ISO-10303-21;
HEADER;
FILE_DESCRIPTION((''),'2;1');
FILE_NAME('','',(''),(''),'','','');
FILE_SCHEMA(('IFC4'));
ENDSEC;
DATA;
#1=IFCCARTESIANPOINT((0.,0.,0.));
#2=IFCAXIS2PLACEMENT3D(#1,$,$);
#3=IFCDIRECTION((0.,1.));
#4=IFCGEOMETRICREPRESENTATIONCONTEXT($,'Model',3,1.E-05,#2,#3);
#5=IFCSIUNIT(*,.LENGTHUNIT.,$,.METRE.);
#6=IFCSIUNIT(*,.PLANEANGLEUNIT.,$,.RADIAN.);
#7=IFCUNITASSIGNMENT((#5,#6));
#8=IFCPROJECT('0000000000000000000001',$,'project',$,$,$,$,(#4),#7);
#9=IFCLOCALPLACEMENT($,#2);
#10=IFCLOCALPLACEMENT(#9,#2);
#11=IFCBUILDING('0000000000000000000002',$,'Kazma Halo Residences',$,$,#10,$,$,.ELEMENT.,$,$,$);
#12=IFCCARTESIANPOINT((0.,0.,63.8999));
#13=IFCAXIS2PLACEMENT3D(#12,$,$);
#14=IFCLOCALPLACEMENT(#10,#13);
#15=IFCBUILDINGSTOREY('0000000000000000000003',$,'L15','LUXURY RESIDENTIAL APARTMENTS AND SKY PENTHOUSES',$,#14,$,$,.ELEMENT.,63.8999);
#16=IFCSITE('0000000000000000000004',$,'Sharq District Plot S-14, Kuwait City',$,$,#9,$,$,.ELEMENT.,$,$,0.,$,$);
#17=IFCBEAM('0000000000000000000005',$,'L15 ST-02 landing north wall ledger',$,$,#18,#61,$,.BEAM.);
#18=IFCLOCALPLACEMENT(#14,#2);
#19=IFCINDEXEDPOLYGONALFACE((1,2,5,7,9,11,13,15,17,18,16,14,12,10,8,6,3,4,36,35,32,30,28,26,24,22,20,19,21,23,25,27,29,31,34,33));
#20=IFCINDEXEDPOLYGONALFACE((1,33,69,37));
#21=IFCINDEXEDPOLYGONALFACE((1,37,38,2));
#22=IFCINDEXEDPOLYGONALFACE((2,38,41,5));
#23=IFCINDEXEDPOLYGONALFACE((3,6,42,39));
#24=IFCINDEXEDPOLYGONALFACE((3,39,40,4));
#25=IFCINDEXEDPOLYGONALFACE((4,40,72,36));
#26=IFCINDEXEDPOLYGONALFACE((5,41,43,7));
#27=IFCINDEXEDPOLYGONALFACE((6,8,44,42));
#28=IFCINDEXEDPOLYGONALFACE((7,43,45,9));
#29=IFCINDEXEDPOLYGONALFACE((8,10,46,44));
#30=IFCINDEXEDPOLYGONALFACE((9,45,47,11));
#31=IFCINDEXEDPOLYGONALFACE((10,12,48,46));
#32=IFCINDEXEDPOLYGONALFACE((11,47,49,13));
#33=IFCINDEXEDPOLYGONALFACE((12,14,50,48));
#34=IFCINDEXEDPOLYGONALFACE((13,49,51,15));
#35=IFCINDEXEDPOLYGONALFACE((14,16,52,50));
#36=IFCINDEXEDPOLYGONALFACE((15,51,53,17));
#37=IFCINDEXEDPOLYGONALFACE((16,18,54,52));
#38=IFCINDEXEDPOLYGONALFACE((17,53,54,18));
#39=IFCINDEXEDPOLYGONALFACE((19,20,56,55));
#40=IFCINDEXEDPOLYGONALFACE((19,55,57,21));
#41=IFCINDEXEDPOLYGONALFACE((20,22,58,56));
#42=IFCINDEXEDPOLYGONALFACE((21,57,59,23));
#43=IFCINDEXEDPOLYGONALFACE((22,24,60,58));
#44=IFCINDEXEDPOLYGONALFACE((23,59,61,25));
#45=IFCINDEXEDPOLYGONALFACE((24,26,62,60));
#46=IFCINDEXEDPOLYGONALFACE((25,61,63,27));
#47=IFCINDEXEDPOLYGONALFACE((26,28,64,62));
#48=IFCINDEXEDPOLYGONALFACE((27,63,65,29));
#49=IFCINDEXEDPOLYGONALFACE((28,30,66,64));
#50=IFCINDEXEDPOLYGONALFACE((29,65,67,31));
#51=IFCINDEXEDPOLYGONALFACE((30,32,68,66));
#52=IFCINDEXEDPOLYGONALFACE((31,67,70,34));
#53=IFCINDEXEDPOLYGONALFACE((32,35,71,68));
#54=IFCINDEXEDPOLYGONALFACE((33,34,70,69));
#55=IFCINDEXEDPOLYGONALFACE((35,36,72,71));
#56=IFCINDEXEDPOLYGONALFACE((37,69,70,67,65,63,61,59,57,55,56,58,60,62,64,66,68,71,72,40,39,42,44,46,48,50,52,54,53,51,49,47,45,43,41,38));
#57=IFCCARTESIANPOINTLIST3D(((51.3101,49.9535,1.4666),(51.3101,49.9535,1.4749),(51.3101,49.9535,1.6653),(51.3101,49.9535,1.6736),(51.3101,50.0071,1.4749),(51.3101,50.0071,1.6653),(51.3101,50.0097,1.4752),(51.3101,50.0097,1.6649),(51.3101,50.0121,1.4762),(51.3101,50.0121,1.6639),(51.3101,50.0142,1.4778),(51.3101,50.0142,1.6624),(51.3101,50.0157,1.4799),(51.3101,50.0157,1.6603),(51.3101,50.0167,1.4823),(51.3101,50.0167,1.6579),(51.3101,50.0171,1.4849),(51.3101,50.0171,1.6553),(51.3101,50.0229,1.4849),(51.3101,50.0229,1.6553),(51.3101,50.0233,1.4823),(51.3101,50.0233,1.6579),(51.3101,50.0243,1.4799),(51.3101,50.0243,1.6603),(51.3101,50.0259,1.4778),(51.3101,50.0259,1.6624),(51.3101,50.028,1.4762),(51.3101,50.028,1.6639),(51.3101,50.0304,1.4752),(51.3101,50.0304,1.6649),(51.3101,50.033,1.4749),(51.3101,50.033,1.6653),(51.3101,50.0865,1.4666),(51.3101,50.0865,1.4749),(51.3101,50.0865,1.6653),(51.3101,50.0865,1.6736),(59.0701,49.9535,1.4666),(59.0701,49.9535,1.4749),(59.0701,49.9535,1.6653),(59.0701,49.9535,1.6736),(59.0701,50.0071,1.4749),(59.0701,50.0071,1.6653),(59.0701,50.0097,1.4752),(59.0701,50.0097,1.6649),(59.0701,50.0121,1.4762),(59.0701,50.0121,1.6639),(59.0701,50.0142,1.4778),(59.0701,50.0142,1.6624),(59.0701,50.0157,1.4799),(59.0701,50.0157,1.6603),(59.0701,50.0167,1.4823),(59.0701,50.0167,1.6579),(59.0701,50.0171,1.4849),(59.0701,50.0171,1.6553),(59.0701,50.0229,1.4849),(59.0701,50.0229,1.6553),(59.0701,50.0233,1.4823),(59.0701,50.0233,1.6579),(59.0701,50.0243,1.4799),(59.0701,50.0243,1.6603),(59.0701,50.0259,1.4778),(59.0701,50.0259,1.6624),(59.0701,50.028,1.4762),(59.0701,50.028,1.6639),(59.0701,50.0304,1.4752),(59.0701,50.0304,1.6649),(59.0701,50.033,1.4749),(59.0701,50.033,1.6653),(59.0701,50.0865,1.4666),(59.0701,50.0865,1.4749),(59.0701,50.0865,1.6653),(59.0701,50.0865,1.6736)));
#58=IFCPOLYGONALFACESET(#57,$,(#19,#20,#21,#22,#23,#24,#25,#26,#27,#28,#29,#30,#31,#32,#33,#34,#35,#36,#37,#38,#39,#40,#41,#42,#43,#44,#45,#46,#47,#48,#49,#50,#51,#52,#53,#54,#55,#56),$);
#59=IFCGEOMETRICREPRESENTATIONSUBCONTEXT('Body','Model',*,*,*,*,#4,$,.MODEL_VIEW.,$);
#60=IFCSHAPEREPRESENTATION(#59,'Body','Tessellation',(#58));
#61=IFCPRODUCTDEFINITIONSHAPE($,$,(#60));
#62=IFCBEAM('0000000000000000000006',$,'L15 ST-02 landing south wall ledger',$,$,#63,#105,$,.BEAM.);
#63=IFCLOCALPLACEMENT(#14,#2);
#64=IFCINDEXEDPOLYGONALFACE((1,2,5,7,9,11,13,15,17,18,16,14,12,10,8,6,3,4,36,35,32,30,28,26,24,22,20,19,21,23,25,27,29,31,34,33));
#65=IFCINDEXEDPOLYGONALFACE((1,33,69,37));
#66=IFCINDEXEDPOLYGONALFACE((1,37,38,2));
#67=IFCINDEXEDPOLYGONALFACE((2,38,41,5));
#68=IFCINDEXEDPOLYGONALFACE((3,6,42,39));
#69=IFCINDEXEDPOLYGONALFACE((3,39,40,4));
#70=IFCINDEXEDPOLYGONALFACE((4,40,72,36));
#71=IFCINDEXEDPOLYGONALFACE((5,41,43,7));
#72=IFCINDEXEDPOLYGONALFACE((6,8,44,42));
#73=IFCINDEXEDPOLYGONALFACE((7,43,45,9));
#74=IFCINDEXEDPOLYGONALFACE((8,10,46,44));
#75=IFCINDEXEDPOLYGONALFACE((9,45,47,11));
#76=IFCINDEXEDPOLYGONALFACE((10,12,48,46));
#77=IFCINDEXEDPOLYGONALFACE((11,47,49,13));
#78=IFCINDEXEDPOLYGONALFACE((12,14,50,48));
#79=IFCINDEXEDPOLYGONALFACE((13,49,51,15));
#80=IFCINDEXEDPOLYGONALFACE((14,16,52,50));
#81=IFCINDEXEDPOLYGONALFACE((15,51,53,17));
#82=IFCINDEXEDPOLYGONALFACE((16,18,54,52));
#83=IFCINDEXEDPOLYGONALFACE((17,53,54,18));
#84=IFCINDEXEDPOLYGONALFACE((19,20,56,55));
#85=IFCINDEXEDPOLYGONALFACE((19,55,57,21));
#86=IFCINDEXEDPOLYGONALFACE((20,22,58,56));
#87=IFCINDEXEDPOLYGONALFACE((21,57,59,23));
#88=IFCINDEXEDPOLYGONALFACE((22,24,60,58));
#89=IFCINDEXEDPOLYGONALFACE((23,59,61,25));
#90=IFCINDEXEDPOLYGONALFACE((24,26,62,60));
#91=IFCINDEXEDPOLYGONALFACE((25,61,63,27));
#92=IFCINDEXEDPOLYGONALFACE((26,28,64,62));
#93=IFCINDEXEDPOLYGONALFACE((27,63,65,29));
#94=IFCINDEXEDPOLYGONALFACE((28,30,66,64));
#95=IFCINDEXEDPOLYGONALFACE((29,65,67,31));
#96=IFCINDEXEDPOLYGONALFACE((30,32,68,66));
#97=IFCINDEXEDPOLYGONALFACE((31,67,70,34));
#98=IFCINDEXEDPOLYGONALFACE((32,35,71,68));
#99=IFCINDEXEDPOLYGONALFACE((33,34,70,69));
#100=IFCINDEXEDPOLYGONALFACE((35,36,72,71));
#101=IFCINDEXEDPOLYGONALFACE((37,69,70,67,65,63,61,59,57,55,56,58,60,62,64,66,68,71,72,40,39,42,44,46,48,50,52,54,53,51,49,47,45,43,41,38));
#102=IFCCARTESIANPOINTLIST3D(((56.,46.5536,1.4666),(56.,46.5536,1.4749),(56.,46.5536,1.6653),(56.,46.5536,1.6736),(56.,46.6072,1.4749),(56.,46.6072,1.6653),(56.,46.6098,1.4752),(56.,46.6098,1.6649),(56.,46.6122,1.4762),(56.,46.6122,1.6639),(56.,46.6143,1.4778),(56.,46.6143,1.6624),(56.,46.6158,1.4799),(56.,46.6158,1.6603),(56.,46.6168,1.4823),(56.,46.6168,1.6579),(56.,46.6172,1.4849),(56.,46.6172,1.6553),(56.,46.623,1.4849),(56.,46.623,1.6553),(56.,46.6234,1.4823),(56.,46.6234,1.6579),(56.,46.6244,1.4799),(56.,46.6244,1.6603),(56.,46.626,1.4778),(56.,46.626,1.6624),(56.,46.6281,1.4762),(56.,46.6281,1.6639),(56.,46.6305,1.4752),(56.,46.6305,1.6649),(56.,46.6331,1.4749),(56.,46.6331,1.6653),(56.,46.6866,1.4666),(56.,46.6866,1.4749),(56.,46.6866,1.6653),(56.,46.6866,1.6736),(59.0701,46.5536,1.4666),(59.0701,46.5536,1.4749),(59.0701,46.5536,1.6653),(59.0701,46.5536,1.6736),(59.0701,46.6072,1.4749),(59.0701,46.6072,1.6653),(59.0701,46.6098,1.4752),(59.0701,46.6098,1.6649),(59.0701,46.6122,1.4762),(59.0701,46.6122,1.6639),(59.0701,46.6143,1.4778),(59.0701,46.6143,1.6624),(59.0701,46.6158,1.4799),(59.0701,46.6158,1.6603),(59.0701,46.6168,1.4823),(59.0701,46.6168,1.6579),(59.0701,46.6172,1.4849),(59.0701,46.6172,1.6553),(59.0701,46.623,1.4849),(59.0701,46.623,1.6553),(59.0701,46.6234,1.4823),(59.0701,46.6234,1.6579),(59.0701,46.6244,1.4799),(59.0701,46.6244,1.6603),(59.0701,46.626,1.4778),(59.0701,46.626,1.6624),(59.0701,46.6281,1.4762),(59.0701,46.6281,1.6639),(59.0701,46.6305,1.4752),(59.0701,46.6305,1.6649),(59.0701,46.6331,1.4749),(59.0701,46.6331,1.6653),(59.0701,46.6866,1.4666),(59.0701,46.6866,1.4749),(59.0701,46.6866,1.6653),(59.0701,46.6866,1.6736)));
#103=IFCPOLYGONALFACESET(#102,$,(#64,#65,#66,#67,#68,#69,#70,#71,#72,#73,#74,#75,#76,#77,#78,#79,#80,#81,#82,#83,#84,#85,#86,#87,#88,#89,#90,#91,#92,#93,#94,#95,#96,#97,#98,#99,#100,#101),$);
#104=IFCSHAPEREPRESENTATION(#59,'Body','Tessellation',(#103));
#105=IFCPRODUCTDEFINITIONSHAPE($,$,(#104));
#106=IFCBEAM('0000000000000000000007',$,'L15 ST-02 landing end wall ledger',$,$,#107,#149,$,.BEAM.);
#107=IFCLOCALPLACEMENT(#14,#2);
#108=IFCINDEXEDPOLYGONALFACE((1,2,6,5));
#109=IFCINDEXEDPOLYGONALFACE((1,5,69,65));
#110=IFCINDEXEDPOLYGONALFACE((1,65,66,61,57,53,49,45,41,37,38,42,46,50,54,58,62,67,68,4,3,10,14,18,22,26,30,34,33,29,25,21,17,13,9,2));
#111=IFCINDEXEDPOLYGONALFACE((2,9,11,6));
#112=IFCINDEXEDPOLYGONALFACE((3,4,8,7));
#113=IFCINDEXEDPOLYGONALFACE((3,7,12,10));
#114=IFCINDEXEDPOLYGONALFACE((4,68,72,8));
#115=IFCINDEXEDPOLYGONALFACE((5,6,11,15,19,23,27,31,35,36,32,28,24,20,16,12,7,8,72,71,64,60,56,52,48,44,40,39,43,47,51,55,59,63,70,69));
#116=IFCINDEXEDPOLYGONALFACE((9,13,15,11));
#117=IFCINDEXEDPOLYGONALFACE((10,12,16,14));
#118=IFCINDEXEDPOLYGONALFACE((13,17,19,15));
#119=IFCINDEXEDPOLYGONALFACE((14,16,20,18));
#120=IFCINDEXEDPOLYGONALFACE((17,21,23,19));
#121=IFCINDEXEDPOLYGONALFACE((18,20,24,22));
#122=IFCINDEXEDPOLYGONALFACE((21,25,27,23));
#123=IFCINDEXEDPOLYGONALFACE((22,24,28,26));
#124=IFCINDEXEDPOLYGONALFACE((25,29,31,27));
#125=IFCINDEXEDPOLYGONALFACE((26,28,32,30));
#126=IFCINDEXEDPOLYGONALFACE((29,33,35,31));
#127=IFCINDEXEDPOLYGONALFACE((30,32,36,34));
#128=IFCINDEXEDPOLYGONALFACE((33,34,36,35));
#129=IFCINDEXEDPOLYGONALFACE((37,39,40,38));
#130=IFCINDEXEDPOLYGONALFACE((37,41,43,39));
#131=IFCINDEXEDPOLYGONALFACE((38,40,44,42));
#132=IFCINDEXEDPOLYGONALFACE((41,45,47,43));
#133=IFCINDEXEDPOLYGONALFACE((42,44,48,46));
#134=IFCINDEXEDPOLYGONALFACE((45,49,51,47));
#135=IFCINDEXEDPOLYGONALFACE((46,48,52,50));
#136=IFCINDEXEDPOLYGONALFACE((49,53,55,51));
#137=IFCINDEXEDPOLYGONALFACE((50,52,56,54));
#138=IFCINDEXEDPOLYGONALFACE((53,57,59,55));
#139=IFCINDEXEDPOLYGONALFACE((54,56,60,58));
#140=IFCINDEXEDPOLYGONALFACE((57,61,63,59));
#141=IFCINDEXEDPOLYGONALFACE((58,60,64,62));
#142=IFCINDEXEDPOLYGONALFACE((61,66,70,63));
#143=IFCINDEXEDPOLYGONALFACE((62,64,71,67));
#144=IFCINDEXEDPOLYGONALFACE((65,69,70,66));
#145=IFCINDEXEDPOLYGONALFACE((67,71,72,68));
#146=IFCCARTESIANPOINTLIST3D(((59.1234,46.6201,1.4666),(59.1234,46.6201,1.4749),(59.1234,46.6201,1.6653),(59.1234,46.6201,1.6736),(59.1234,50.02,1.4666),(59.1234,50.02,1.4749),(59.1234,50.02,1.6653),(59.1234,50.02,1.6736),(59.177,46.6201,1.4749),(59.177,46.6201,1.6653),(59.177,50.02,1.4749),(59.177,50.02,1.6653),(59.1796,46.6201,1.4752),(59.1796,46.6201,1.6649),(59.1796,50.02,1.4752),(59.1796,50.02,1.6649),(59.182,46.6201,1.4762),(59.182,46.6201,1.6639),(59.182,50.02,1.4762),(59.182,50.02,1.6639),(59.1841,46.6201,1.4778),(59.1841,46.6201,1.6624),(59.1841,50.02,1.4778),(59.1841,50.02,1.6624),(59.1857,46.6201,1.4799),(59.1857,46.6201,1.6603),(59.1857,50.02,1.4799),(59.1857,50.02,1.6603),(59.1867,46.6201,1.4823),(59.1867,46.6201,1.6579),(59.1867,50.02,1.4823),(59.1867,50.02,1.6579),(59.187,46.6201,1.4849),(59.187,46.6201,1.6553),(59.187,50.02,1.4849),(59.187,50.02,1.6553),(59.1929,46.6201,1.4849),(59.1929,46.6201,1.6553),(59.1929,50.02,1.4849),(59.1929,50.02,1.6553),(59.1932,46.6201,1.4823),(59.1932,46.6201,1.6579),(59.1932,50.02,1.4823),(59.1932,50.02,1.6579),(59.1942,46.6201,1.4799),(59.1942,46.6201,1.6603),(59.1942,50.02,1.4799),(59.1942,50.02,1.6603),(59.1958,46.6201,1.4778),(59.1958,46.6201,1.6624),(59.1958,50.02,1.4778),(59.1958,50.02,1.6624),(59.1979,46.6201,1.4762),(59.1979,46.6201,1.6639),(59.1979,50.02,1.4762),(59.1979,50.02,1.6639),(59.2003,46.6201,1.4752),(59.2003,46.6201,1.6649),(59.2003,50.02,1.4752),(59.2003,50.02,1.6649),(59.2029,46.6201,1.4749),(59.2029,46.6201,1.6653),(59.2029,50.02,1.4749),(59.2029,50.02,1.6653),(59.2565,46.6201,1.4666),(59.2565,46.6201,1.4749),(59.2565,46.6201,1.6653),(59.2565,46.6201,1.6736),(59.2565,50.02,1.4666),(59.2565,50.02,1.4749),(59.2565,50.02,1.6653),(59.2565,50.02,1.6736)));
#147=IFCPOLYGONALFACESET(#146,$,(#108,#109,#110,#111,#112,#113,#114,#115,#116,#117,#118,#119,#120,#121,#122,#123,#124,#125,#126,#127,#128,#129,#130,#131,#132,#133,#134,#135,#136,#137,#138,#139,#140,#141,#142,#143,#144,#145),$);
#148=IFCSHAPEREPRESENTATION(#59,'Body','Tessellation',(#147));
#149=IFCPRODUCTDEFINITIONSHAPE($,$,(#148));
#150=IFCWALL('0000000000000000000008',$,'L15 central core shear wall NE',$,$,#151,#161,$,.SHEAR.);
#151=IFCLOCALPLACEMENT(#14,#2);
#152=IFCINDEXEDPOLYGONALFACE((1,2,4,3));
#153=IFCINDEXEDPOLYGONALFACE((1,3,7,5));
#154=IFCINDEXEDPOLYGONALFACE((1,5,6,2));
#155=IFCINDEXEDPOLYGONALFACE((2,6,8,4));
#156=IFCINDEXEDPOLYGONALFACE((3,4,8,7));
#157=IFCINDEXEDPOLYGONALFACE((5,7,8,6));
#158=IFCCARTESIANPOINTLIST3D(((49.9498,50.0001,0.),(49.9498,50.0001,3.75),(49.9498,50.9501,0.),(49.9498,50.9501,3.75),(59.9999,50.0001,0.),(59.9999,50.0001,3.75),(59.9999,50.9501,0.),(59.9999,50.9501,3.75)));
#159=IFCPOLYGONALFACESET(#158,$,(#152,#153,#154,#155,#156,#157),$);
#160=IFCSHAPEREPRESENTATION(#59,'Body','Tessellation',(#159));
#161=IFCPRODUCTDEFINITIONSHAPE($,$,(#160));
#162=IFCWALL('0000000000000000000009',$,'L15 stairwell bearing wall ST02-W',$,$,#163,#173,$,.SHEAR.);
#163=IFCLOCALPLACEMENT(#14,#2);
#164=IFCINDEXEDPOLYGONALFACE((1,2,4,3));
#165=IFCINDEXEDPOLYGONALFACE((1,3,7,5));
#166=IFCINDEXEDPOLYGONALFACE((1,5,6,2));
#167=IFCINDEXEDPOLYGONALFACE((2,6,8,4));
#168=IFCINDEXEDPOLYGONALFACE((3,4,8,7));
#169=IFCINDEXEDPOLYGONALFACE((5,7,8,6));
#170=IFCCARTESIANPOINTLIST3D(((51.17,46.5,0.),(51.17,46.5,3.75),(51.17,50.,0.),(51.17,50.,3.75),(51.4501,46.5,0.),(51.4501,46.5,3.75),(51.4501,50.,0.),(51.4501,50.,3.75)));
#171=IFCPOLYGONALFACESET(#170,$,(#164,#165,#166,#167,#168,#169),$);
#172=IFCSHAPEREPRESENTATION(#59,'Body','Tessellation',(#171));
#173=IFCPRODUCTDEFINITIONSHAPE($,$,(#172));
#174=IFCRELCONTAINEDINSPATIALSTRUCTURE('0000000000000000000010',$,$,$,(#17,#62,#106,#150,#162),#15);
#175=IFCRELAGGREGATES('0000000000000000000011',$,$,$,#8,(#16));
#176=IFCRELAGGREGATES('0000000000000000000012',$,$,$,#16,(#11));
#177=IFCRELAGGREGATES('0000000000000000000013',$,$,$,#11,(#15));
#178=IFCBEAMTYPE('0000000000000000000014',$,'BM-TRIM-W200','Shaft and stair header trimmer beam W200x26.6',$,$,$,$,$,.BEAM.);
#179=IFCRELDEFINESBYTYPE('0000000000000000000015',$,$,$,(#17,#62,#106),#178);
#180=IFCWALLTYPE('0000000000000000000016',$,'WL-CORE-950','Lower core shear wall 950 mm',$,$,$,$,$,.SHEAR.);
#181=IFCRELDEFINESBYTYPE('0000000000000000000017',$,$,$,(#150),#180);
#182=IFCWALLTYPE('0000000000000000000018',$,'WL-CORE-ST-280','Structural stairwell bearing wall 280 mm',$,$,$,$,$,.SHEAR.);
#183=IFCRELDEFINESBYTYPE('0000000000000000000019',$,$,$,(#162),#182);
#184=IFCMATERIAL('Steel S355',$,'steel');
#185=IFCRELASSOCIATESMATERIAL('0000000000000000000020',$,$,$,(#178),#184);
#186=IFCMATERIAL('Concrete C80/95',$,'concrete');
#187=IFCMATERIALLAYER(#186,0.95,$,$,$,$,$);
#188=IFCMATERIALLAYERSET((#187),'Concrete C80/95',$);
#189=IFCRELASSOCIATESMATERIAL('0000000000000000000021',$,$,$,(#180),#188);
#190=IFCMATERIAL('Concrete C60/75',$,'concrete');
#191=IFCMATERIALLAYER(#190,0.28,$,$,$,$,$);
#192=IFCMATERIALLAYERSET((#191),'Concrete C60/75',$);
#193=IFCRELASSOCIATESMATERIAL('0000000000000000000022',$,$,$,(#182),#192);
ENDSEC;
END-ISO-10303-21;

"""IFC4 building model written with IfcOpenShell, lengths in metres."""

from ifc_helpers import new_model, si_unit, direction, frame, frame_2d, origin, origin_2d, place, context, subcontext, project, spatial, rectangle, i_section, extrude, material, layer, layer_set, material_profile, profile_set, type_object, element, save


model = new_model("IFC4")

# Units and contexts
model_context = context("Model", 3, precision=1e-05, world=origin(), true_north=direction((0.0, 1.0)))
body_context = subcontext(model_context, "Body", "Model", "MODEL_VIEW")
ifc_project = project(units=[si_unit("LENGTHUNIT", "METRE"), si_unit("PLANEANGLEUNIT", "RADIAN")], contexts=[model_context])

# Site, building, storey
site_placement = place(None, origin())
site = spatial("IfcSite", under=ifc_project, at=site_placement, Name="Sharq District Plot S-14, Kuwait City", CompositionType="ELEMENT", RefElevation=0.0)
building_placement = place(site_placement, origin())
building = spatial("IfcBuilding", under=site, at=building_placement, Name="Kazma Halo Residences", CompositionType="ELEMENT")
storey_placement = place(building_placement, frame((0.0, 0.0, 63.8999)))
storey = spatial("IfcBuildingStorey", under=building, at=storey_placement, Name="L15", Description="LUXURY RESIDENTIAL APARTMENTS AND SKY PENTHOUSES", CompositionType="ELEMENT", Elevation=63.8999)

# Shared definitions
ifc_material_1 = material(Name="Steel S355", Category="steel")

# Beams
ifc_material_profile_1 = material_profile(ifc_material_1, i_section(OverallWidth=0.1331, OverallDepth=0.207, WebThickness=0.0059, FlangeThickness=0.0083, FilletRadius=0.01, at=origin_2d()), Name="W200x26.6")
ifc_profile_set_1 = profile_set([ifc_material_profile_1], Name="Steel S355")
beam_type_1 = type_object("IfcBeamType", Name="BM-TRIM-W200", Description="Shaft and stair header trimmer beam W200x26.6", PredefinedType="BEAM", material=ifc_profile_set_1)
beam_1_placement = place(storey_placement, frame((51.3101, 50.02, 1.5701), z_axis=(1.0, 0.0, 0.0), x_axis=(0.0, 1.0, 0.0)))
element("IfcBeam", 1, at=beam_1_placement, inside=storey, type_object=beam_type_1, Name="L15 ST-02 landing north wall ledger", PredefinedType="BEAM", context=body_context, shape_type="SweptSolid", body=[
    extrude(i_section(OverallWidth=0.1331, OverallDepth=0.207, WebThickness=0.0059, FlangeThickness=0.0083, FilletRadius=0.01, at=origin_2d()), origin(), (0.0, 0.0, 1.0), 7.76),
])
beam_2_placement = place(storey_placement, frame((56.0, 46.6201, 1.5701), z_axis=(1.0, 0.0, 0.0), x_axis=(0.0, 1.0, 0.0)))
element("IfcBeam", 2, at=beam_2_placement, inside=storey, type_object=beam_type_1, Name="L15 ST-02 landing south wall ledger", PredefinedType="BEAM", context=body_context, shape_type="SweptSolid", body=[
    extrude(i_section(OverallWidth=0.1331, OverallDepth=0.207, WebThickness=0.0059, FlangeThickness=0.0083, FilletRadius=0.01, at=origin_2d()), origin(), (0.0, 0.0, 1.0), 3.0701),
])
beam_3_placement = place(storey_placement, frame((59.1899, 46.6201, 1.5701), z_axis=(0.0, 1.0, 0.0), x_axis=(-1.0, 0.0, 0.0)))
element("IfcBeam", 3, at=beam_3_placement, inside=storey, type_object=beam_type_1, Name="L15 ST-02 landing end wall ledger", PredefinedType="BEAM", context=body_context, shape_type="SweptSolid", body=[
    extrude(i_section(OverallWidth=0.1331, OverallDepth=0.207, WebThickness=0.0059, FlangeThickness=0.0083, FilletRadius=0.01, at=origin_2d()), origin(), (0.0, 0.0, 1.0), 3.3999),
])

# Walls
ifc_material_2 = material(Name="Concrete C80/95", Category="concrete")
ifc_layer_1 = layer(ifc_material_2, 0.95)
ifc_layer_set_1 = layer_set([ifc_layer_1], Name="Concrete C80/95")
wall_type_1 = type_object("IfcWallType", Name="WL-CORE-950", Description="Lower core shear wall 950 mm", PredefinedType="SHEAR", material=ifc_layer_set_1)
wall_1_placement = place(storey_placement, frame((49.95, 50.4751, 0.0), z_axis=(0.0, 0.0, 1.0), x_axis=(1.0, 0.0, 0.0)))
element("IfcWall", 4, at=wall_1_placement, inside=storey, type_object=wall_type_1, Name="L15 central core shear wall NE", PredefinedType="SHEAR", context=body_context, shape_type="SweptSolid", body=[
    extrude(rectangle(XDim=10.05, YDim=0.95, at=frame_2d((5.0249, 0.0))), origin(), (0.0, 0.0, 1.0), 3.75),
])
ifc_material_3 = material(Name="Concrete C60/75", Category="concrete")
ifc_layer_2 = layer(ifc_material_3, 0.28)
ifc_layer_set_2 = layer_set([ifc_layer_2], Name="Concrete C60/75")
wall_type_2 = type_object("IfcWallType", Name="WL-CORE-ST-280", Description="Structural stairwell bearing wall 280 mm", PredefinedType="SHEAR", material=ifc_layer_set_2)
wall_2_placement = place(storey_placement, frame((51.3101, 46.5, 0.0), z_axis=(0.0, 0.0, 1.0), x_axis=(0.0, 1.0, 0.0)))
element("IfcWall", 5, at=wall_2_placement, inside=storey, type_object=wall_type_2, Name="L15 stairwell bearing wall ST02-W", PredefinedType="SHEAR", context=body_context, shape_type="SweptSolid", body=[
    extrude(rectangle(XDim=3.5, YDim=0.28, at=frame_2d((1.75, 0.0))), origin(), (0.0, 0.0, 1.0), 3.75),
])

save(model, "model.ifc")
